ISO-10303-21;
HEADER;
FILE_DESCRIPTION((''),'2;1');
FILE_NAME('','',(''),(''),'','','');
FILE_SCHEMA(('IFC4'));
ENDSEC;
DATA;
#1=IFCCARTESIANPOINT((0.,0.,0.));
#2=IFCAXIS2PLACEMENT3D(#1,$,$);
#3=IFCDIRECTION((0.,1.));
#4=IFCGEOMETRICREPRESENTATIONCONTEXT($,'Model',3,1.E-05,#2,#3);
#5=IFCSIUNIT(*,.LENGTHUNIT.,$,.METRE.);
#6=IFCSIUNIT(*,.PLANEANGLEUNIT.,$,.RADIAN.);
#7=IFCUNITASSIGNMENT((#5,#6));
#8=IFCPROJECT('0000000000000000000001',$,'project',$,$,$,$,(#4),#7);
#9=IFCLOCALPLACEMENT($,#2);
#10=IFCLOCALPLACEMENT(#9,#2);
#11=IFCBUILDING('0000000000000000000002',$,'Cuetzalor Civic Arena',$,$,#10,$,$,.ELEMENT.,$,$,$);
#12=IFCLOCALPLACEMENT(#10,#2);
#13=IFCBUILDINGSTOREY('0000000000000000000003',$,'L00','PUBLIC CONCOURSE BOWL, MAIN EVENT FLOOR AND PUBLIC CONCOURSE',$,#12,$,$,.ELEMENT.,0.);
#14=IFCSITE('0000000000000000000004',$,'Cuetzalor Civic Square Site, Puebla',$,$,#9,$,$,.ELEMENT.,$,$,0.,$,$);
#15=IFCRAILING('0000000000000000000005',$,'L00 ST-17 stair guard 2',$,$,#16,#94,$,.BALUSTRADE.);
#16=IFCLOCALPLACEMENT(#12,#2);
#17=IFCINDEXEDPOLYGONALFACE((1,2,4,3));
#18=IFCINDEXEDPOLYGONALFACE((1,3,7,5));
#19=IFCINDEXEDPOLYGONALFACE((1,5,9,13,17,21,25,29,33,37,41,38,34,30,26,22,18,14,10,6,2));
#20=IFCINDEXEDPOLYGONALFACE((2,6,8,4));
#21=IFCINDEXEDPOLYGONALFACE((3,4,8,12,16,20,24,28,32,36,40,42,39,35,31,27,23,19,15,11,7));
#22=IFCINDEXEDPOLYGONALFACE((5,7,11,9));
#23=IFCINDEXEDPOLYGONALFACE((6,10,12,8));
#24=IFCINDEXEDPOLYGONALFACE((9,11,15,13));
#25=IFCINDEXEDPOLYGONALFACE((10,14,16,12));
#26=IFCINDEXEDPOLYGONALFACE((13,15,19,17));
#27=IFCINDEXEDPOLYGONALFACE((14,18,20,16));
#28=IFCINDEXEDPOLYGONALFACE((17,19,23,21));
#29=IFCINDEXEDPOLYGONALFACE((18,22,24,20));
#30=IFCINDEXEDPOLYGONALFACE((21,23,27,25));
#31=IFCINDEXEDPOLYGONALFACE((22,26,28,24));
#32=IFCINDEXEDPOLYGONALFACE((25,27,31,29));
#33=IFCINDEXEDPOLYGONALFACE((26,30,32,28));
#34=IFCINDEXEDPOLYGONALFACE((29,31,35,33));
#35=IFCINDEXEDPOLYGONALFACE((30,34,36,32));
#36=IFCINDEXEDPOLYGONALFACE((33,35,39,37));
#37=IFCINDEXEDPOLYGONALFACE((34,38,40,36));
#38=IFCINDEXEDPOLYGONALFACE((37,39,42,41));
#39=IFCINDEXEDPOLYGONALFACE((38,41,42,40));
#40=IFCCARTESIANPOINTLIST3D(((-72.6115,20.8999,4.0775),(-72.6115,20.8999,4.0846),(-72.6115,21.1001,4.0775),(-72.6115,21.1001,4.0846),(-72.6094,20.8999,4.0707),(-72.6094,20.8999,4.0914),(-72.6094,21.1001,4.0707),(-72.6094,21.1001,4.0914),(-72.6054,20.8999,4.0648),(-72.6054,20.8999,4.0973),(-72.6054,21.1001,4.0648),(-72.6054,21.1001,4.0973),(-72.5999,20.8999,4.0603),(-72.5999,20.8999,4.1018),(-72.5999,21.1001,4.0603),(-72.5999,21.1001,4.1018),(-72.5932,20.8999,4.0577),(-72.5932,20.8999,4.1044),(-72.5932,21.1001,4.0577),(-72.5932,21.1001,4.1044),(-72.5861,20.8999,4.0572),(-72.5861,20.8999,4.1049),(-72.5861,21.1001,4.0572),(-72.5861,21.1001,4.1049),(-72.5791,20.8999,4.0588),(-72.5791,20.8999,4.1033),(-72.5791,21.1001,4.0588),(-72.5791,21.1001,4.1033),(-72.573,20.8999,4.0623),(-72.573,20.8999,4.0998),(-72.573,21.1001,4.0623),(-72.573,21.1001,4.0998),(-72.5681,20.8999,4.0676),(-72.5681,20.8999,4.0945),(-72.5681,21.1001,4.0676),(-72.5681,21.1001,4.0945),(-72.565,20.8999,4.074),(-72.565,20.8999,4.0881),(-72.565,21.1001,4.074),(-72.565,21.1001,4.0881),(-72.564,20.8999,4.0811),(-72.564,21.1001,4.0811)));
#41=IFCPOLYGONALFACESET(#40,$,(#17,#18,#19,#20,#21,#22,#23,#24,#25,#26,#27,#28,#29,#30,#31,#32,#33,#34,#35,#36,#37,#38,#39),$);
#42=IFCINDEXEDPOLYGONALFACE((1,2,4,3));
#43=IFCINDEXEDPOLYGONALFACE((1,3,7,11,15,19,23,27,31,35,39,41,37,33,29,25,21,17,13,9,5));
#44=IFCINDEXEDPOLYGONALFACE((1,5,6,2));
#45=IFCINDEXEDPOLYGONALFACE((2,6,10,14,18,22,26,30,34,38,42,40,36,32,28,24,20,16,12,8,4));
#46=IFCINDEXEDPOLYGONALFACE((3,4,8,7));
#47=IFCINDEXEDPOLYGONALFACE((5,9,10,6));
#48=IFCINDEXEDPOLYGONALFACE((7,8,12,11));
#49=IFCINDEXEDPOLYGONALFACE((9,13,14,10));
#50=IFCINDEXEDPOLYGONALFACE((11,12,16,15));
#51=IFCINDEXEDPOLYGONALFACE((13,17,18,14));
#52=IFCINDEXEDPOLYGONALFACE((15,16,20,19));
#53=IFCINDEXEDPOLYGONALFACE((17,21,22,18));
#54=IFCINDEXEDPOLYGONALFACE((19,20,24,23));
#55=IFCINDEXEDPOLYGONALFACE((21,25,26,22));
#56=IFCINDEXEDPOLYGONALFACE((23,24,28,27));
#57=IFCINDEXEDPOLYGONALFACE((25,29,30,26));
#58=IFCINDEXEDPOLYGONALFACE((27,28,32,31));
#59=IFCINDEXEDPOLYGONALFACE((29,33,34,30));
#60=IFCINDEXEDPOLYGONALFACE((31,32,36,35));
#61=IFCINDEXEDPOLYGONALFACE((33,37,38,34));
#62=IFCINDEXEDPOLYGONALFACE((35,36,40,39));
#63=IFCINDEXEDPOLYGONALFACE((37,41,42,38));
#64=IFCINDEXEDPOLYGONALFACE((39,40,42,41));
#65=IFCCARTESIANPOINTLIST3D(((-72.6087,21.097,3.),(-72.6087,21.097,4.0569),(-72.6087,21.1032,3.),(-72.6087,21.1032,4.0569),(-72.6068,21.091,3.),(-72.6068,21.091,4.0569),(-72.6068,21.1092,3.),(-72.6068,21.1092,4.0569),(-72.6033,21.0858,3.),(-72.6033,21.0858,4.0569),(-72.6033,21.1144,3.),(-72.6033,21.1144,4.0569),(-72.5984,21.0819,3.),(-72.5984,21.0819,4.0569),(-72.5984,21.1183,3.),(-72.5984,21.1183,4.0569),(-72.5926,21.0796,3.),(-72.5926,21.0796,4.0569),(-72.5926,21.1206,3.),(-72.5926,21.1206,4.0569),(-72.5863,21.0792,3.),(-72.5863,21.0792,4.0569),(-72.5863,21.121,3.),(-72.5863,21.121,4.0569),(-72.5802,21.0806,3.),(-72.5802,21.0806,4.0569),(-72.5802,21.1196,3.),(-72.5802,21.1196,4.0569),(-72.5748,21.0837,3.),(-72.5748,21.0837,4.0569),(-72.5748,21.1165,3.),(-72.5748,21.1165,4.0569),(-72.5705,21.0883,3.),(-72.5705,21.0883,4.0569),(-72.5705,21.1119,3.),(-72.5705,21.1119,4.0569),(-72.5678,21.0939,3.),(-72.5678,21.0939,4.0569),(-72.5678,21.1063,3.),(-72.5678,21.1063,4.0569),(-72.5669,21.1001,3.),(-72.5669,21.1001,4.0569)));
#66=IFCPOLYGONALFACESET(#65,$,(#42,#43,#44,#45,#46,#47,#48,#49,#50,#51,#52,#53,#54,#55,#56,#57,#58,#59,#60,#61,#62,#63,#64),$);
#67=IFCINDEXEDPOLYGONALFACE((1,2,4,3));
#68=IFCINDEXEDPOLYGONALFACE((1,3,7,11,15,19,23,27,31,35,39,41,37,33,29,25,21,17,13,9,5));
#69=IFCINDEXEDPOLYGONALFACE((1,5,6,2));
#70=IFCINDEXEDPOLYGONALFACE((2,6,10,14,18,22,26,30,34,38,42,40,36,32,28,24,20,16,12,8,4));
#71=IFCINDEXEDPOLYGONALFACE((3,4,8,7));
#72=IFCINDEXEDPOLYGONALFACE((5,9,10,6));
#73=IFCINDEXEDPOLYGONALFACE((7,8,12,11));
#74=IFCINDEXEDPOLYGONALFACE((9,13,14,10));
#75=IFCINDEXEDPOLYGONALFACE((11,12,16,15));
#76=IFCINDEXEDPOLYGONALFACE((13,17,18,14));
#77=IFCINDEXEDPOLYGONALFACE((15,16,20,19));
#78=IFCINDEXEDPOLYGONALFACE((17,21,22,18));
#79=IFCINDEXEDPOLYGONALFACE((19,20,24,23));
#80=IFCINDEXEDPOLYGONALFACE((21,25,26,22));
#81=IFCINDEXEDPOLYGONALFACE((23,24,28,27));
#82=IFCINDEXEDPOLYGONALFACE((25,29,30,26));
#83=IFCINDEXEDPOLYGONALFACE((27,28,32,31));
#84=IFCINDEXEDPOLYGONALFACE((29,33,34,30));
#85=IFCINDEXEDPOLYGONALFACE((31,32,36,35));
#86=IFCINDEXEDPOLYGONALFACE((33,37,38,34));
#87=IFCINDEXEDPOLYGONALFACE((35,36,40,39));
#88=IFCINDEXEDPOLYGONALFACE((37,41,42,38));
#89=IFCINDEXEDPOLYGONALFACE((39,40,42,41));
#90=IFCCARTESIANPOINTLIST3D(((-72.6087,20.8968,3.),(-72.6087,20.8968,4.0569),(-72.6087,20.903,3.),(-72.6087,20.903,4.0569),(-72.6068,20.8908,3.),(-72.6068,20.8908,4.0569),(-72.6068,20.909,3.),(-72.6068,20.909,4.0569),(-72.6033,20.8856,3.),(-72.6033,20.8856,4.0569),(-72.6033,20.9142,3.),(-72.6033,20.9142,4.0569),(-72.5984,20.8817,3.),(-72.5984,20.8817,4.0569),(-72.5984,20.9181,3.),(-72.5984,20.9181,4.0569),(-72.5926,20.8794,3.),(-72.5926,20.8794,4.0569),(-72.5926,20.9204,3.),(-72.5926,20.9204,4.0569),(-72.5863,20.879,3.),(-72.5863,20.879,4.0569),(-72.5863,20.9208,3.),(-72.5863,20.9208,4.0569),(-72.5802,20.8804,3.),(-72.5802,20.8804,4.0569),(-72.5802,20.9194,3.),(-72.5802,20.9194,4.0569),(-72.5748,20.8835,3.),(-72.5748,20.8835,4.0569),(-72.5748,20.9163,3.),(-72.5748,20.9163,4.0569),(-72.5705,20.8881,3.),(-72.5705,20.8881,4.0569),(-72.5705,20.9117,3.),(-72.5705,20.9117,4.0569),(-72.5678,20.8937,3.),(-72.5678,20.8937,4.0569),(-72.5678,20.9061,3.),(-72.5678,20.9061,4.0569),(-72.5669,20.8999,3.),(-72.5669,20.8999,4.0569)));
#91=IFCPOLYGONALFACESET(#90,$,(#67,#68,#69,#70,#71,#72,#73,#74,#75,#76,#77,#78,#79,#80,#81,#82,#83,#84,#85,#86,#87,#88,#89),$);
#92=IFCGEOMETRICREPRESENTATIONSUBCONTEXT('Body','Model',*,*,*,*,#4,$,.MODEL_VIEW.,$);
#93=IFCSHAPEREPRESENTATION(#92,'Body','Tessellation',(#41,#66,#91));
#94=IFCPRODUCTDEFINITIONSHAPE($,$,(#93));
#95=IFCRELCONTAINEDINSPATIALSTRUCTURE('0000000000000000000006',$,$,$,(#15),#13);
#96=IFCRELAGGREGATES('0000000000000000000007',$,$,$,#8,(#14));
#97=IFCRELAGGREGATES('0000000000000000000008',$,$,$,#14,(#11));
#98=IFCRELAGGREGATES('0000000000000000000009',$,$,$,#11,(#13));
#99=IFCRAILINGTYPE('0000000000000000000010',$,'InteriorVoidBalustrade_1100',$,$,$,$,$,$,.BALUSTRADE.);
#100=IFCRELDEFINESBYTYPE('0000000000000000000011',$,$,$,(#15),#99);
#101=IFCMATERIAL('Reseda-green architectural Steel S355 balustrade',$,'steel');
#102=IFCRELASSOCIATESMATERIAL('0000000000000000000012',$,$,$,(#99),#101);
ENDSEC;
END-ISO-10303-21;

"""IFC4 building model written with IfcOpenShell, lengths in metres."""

from ifc_helpers import new_model, si_unit, direction, frame, origin, origin_2d, place, context, subcontext, project, spatial, circle, extrude, material, type_object, element, save


model = new_model("IFC4")

# Units and contexts
model_context = context("Model", 3, precision=1e-05, world=origin(), true_north=direction((0.0, 1.0)))
body_context = subcontext(model_context, "Body", "Model", "MODEL_VIEW")
ifc_project = project(units=[si_unit("LENGTHUNIT", "METRE"), si_unit("PLANEANGLEUNIT", "RADIAN")], contexts=[model_context])

# Site, building, storey
site_placement = place(None, origin())
site = spatial("IfcSite", under=ifc_project, at=site_placement, Name="Cuetzalor Civic Square Site, Puebla", CompositionType="ELEMENT", RefElevation=0.0)
building_placement = place(site_placement, origin())
building = spatial("IfcBuilding", under=site, at=building_placement, Name="Cuetzalor Civic Arena", CompositionType="ELEMENT")
storey_placement = place(building_placement, origin())
storey = spatial("IfcBuildingStorey", under=building, at=storey_placement, Name="L00", Description="PUBLIC CONCOURSE BOWL, MAIN EVENT FLOOR AND PUBLIC CONCOURSE", CompositionType="ELEMENT", Elevation=0.0)

# Railing
ifc_material_1 = material(Name="Reseda-green architectural Steel S355 balustrade", Category="steel")
railing_type_1 = type_object("IfcRailingType", Name="InteriorVoidBalustrade_1100", PredefinedType="BALUSTRADE", material=ifc_material_1)
railing_1_placement = place(storey_placement, frame((-72.5879, 21.1001, 3.0)))
element("IfcRailing", 1, at=railing_1_placement, inside=storey, type_object=railing_type_1, Name="L00 ST-17 stair guard 2", PredefinedType="BALUSTRADE", context=body_context, shape_type="SweptSolid", body=[
    extrude(circle(Radius=0.0239, at=origin_2d()), frame((0.0, 0.0, 1.0811), z_axis=(0.0, -1.0, 0.0), x_axis=(1.0, 0.0, 0.0)), (0.0, 0.0, 1.0), 0.2002),
    extrude(circle(Radius=0.021, at=origin_2d()), origin(), (0.0, 0.0, 1.0), 1.0569),
    extrude(circle(Radius=0.021, at=origin_2d()), frame((0.0, -0.2002, 0.0)), (0.0, 0.0, 1.0), 1.0569),
])

save(model, "model.ifc")
